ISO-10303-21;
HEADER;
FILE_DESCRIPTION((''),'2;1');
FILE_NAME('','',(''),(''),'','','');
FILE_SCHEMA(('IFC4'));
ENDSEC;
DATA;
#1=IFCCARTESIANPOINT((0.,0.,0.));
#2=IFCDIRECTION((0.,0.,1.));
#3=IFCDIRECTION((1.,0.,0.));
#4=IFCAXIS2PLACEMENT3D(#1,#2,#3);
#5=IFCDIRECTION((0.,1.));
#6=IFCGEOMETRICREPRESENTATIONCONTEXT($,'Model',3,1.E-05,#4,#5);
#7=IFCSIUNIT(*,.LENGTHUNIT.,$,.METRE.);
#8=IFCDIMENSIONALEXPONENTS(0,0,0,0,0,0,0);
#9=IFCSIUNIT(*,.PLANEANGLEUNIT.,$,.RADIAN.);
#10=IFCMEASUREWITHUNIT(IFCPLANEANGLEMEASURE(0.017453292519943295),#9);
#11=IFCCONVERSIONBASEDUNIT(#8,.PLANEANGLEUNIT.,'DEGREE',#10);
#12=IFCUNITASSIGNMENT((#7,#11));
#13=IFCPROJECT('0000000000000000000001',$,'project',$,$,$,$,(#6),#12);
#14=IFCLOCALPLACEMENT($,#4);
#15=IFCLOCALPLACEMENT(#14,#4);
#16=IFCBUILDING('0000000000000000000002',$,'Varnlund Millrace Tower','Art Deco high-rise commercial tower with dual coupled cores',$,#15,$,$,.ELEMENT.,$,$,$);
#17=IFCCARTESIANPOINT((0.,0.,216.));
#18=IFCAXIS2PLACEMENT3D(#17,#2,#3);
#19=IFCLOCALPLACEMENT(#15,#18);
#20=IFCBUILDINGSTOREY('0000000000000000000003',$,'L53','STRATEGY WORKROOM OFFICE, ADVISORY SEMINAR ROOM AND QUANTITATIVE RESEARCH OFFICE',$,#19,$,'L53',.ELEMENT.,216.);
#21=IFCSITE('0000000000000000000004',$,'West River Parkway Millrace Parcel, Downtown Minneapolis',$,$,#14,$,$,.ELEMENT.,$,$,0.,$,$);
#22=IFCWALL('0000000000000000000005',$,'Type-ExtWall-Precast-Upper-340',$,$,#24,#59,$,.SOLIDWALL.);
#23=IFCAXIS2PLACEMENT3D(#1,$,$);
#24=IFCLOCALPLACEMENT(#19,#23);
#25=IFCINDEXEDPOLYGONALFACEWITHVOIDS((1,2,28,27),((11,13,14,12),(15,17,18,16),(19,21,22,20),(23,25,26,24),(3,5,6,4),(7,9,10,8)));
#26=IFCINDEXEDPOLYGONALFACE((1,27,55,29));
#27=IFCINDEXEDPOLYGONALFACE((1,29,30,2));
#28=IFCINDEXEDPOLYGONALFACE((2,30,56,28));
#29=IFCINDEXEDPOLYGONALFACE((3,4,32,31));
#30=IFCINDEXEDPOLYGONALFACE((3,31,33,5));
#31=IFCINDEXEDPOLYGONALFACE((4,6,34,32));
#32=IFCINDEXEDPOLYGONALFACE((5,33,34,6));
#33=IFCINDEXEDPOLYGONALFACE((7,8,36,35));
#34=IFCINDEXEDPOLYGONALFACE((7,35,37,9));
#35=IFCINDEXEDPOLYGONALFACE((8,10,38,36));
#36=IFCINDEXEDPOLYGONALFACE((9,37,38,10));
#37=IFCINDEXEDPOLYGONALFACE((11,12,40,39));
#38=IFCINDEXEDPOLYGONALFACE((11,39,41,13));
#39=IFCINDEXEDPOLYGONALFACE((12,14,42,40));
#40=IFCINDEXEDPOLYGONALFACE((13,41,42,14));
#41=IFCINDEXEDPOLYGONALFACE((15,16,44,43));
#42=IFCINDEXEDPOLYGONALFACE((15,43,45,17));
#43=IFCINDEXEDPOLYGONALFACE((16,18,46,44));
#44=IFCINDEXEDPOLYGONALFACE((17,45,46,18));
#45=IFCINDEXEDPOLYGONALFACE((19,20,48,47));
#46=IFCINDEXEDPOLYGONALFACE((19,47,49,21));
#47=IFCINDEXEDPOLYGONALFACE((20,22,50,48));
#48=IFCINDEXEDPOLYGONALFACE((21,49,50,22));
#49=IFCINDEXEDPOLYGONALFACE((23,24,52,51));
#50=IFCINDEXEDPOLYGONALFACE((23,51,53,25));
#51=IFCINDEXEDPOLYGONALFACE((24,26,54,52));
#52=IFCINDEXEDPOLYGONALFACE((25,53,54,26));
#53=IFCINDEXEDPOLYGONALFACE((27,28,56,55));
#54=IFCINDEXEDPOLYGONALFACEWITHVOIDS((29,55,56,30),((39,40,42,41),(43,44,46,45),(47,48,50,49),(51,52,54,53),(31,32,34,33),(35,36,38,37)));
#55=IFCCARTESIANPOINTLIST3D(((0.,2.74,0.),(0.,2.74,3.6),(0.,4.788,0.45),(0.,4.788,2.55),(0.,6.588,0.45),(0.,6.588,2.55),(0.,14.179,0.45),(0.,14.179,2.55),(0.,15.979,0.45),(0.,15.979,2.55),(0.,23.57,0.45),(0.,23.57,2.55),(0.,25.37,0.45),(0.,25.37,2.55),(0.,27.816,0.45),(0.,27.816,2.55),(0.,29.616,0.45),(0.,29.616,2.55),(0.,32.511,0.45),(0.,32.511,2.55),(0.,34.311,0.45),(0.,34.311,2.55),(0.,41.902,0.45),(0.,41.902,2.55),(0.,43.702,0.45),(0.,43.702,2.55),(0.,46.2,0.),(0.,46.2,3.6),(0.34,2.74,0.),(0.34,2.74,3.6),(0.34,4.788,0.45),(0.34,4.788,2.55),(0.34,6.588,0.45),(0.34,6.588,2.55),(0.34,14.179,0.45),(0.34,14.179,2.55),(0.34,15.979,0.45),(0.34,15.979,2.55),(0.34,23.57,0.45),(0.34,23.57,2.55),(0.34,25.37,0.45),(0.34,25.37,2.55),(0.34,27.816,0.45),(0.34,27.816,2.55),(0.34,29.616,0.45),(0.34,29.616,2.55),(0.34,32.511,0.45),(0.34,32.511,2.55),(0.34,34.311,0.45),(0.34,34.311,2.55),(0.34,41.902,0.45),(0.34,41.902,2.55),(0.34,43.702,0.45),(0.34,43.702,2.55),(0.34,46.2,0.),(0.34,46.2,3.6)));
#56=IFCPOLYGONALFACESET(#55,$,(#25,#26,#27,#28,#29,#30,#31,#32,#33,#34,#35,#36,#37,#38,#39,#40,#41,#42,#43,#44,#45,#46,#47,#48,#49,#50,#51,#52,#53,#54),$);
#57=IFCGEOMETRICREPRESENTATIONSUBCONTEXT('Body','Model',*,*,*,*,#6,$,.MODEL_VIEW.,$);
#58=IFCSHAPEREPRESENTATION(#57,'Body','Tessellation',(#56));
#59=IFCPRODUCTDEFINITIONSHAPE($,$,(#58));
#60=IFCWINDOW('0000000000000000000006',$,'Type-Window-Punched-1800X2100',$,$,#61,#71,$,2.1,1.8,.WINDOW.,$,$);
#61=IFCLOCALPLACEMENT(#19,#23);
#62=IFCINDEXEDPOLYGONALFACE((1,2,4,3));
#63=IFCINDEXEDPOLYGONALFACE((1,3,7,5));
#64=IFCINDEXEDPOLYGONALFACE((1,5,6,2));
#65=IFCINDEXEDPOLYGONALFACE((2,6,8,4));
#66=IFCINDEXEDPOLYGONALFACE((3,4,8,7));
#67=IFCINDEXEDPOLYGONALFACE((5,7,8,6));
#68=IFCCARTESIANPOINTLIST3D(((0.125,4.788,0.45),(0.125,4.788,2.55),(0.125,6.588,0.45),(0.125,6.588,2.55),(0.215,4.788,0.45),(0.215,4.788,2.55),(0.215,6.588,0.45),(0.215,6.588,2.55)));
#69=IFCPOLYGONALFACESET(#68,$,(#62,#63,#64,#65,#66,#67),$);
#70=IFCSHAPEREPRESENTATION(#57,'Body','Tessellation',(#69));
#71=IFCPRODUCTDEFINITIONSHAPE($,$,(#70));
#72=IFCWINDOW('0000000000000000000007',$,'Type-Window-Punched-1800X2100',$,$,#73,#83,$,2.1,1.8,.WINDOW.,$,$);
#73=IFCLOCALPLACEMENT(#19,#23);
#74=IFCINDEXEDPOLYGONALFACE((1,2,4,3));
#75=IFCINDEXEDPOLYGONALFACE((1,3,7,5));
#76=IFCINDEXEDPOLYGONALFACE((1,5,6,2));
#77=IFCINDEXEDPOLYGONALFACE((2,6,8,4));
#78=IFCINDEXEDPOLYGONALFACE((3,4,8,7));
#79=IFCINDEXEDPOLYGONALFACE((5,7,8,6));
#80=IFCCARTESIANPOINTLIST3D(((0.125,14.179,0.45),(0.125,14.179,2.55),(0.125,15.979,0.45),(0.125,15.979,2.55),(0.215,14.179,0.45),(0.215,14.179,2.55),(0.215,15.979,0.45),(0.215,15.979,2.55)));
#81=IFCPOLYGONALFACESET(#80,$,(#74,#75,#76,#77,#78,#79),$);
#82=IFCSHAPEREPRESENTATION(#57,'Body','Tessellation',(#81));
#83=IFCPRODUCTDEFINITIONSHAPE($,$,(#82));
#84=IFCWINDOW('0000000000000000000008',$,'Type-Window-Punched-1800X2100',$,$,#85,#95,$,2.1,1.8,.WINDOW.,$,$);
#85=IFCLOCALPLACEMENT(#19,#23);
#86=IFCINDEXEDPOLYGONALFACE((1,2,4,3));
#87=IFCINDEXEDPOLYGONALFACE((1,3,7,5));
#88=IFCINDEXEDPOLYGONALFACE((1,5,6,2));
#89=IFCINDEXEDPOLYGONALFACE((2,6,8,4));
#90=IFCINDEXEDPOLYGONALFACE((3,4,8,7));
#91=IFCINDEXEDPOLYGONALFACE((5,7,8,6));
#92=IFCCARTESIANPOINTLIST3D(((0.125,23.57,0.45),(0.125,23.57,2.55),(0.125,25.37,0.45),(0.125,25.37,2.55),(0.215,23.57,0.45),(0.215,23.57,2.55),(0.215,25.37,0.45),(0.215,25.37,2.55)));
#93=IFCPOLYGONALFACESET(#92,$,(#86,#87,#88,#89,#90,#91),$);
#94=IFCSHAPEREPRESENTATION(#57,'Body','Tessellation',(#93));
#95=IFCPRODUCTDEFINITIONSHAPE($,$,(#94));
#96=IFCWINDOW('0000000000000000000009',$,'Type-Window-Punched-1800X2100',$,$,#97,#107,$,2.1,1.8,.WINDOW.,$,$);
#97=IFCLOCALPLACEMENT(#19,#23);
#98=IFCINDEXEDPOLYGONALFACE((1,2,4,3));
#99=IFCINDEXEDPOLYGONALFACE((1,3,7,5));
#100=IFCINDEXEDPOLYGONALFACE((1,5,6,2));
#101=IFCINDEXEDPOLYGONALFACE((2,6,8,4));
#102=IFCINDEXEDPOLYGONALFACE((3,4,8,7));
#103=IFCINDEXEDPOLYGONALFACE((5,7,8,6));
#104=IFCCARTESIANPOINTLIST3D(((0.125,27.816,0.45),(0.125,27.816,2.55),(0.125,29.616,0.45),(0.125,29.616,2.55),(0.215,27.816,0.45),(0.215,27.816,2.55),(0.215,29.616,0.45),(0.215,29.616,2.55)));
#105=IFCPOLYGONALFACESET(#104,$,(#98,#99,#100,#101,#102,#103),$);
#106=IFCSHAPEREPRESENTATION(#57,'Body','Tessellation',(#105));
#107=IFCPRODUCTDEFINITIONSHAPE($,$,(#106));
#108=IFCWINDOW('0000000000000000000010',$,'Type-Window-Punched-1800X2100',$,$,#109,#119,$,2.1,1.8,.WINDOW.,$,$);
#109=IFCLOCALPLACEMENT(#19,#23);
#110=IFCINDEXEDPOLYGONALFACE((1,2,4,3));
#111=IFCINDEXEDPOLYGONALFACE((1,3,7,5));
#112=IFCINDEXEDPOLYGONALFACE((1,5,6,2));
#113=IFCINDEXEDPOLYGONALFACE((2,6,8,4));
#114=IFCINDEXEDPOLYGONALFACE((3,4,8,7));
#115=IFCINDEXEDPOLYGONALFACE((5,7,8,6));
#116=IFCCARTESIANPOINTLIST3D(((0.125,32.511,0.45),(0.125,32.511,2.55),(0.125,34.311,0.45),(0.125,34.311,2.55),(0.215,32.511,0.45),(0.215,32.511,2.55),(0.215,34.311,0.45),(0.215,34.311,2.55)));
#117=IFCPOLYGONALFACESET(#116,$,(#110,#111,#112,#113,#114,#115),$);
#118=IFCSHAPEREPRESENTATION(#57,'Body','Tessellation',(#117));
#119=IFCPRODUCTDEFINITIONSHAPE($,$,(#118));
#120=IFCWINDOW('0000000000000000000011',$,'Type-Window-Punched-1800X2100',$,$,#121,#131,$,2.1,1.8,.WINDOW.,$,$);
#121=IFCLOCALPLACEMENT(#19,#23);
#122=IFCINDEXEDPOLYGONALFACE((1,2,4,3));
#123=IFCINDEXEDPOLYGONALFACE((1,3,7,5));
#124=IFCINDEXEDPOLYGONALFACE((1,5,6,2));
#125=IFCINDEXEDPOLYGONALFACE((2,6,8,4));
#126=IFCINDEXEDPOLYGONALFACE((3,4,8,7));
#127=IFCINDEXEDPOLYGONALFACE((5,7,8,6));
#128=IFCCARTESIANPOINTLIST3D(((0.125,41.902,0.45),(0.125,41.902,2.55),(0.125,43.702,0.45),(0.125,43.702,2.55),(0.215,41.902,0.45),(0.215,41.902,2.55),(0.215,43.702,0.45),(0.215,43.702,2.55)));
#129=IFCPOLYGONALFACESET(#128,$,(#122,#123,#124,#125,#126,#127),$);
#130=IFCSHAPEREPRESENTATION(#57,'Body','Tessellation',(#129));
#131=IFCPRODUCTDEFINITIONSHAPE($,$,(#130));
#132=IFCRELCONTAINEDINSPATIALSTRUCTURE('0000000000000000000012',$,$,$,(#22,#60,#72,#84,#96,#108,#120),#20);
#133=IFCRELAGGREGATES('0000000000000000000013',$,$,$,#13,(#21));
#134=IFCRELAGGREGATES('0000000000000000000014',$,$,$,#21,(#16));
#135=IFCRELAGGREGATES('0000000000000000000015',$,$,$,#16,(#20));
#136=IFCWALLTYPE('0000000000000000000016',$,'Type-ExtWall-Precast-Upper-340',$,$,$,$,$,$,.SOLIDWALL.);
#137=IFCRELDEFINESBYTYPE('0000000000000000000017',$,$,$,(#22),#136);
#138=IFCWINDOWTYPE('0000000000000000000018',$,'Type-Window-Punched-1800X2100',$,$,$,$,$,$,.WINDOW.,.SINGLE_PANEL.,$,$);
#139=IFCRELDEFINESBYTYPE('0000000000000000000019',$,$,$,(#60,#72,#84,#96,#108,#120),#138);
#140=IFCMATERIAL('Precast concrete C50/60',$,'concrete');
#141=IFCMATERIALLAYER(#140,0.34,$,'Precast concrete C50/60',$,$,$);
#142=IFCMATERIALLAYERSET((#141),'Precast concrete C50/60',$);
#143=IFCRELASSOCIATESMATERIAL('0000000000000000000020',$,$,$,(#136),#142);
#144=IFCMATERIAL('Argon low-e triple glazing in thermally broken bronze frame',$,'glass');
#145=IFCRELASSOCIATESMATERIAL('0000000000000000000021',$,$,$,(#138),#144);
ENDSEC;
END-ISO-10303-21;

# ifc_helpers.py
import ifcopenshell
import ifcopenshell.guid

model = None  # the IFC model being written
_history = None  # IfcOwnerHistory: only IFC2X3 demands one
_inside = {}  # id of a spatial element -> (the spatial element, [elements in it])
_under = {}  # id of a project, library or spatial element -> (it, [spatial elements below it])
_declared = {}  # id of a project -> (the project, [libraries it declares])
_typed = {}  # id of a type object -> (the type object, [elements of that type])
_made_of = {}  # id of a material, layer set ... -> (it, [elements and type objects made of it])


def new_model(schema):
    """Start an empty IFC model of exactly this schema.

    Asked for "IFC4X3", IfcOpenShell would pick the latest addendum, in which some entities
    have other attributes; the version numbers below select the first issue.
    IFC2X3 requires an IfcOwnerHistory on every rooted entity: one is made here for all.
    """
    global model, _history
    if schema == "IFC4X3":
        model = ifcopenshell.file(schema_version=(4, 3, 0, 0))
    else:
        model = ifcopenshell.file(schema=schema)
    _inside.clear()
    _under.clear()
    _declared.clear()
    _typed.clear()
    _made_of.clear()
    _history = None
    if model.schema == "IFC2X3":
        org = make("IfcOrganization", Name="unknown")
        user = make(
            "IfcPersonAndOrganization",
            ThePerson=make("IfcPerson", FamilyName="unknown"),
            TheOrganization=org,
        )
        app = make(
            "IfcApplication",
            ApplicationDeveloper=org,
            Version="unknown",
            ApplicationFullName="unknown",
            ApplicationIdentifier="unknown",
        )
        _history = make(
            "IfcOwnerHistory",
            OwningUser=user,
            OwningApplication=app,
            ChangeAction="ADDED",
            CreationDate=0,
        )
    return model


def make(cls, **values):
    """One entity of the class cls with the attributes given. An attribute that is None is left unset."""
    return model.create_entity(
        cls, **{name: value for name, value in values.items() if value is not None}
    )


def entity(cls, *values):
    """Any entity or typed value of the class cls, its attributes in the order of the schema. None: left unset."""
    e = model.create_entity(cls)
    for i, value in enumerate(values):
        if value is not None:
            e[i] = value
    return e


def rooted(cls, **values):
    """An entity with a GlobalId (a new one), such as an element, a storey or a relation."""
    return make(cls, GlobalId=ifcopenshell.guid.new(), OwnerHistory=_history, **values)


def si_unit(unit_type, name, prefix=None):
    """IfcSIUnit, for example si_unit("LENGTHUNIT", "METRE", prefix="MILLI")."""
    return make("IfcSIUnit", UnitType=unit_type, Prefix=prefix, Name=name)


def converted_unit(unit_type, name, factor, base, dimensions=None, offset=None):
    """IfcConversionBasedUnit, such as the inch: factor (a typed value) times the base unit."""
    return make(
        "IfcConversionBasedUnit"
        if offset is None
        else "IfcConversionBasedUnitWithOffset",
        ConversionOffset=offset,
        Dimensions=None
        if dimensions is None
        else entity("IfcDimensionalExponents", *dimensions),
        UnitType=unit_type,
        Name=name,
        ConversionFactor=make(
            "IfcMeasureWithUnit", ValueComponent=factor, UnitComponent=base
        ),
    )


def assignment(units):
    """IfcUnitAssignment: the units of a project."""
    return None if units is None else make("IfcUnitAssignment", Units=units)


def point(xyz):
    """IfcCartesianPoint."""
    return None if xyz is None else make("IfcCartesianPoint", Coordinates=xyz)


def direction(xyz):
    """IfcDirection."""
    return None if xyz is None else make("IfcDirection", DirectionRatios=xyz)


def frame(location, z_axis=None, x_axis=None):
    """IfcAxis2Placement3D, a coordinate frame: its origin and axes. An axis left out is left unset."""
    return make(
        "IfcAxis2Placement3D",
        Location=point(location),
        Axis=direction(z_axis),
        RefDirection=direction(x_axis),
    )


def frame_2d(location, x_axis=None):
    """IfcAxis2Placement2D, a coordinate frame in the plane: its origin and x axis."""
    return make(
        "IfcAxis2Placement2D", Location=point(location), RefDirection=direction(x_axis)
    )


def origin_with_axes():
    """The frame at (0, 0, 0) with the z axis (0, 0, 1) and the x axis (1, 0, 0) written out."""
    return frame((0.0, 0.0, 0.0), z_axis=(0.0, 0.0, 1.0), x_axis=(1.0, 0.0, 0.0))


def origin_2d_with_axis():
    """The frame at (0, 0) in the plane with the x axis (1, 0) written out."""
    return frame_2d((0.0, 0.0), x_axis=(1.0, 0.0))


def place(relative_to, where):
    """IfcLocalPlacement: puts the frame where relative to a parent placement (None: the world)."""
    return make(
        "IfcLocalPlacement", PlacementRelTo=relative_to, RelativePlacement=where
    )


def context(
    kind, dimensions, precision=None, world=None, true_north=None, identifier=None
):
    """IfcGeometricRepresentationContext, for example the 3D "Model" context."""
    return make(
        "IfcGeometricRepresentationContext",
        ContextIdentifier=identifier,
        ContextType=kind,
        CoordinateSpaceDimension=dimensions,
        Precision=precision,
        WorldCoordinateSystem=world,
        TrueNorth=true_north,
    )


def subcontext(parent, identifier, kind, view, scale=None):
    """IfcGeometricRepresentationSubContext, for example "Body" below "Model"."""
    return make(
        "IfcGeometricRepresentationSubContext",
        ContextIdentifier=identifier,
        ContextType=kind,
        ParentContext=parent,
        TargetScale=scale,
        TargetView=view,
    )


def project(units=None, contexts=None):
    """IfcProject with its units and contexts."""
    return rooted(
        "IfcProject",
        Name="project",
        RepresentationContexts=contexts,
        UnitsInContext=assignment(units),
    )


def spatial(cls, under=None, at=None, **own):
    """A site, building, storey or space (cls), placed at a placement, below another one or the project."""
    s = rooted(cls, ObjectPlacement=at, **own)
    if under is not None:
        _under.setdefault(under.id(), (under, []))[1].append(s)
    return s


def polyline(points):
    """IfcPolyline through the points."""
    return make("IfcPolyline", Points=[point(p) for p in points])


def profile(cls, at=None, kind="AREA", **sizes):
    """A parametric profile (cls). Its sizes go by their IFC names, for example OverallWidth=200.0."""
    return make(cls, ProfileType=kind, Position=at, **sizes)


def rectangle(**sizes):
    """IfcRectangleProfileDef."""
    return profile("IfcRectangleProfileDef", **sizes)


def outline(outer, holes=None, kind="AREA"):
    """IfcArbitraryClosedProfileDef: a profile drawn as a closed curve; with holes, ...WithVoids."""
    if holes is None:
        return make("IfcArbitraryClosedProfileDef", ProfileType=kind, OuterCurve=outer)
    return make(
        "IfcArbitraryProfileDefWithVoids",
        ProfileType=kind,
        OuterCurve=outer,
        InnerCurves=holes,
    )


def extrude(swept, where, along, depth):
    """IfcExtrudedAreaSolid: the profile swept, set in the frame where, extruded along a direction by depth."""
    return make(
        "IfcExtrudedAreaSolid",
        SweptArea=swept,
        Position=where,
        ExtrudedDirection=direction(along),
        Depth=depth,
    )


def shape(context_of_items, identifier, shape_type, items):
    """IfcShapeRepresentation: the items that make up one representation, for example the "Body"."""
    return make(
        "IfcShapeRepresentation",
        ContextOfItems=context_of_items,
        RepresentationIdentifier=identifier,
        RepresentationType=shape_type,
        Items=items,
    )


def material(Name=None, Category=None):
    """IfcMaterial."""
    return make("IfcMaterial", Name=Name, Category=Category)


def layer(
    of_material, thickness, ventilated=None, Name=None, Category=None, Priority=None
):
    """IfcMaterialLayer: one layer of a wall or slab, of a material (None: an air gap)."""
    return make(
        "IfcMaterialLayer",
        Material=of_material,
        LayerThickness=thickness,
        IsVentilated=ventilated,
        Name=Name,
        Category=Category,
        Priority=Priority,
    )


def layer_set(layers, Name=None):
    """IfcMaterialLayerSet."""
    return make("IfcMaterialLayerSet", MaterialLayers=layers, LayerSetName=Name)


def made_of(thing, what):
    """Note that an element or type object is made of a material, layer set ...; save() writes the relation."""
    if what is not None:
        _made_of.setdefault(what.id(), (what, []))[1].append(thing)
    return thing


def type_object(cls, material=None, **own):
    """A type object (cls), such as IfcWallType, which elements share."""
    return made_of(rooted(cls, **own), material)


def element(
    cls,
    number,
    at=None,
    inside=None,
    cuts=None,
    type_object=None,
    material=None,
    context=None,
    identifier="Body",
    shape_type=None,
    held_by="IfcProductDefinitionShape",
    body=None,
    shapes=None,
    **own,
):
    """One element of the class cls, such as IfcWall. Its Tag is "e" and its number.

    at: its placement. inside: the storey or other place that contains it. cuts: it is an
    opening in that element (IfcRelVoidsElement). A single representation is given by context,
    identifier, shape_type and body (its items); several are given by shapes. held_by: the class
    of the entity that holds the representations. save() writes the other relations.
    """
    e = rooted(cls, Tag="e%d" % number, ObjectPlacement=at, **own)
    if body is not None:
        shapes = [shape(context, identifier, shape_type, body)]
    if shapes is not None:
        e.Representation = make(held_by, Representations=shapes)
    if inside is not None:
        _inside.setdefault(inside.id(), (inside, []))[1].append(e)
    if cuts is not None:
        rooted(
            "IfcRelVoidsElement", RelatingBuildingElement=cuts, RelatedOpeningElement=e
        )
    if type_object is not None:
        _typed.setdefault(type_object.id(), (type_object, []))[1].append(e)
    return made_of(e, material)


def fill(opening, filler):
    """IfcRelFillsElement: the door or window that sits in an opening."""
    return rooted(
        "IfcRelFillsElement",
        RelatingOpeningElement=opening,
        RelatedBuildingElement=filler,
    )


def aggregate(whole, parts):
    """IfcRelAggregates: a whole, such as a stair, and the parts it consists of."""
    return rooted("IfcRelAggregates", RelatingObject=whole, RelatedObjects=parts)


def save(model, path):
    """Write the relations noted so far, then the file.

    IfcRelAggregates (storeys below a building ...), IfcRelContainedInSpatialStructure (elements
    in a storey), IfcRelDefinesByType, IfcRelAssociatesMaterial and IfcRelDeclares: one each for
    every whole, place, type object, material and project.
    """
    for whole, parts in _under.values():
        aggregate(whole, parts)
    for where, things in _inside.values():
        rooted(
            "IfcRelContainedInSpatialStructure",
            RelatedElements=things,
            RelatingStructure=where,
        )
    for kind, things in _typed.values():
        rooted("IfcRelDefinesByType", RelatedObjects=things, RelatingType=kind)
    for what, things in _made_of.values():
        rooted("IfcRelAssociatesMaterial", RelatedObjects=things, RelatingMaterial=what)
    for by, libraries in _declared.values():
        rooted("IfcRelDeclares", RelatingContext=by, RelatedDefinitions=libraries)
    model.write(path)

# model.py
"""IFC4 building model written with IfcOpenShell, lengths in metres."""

from ifc_helpers import new_model, entity, si_unit, converted_unit, direction, frame, origin_with_axes, origin_2d_with_axis, place, context, subcontext, project, spatial, polyline, rectangle, outline, extrude, material, layer, layer_set, type_object, element, fill, save


model = new_model("IFC4")

# Units and contexts
model_context = context("Model", 3, precision=1e-05, world=origin_with_axes(), true_north=direction((0.0, 1.0)))
body_context = subcontext(model_context, "Body", "Model", "MODEL_VIEW")
ifc_project = project(units=[si_unit("LENGTHUNIT", "METRE"), converted_unit("PLANEANGLEUNIT", "DEGREE", entity("IfcPlaneAngleMeasure", 0.017453292519943295), si_unit("PLANEANGLEUNIT", "RADIAN"), dimensions=[0, 0, 0, 0, 0, 0, 0])], contexts=[model_context])

# Site, building, storey
site_placement = place(None, origin_with_axes())
site = spatial("IfcSite", under=ifc_project, at=site_placement, Name="West River Parkway Millrace Parcel, Downtown Minneapolis", CompositionType="ELEMENT", RefElevation=0.0)
building_placement = place(site_placement, origin_with_axes())
building = spatial("IfcBuilding", under=site, at=building_placement, Name="Varnlund Millrace Tower", Description="Art Deco high-rise commercial tower with dual coupled cores", CompositionType="ELEMENT")
storey_placement = place(building_placement, frame((0.0, 0.0, 216.0), z_axis=(0.0, 0.0, 1.0), x_axis=(1.0, 0.0, 0.0)))
storey = spatial("IfcBuildingStorey", under=building, at=storey_placement, Name="L53", Description="STRATEGY WORKROOM OFFICE, ADVISORY SEMINAR ROOM AND QUANTITATIVE RESEARCH OFFICE", LongName="L53", CompositionType="ELEMENT", Elevation=216.0)

# Shared definitions
ifc_material_1 = material(Name="Precast concrete C50/60", Category="concrete")
ifc_layer_1 = layer(ifc_material_1, 0.34, Name="Precast concrete C50/60")
ifc_layer_set_1 = layer_set([ifc_layer_1], Name="Precast concrete C50/60")
wall_type = type_object("IfcWallType", Name="Type-ExtWall-Precast-Upper-340", PredefinedType="SOLIDWALL", material=ifc_layer_set_1)

# Wall, openings, windows
wall_1_placement = place(storey_placement, frame((0.17, 2.74, 0.0), z_axis=(0.0, 0.0, 1.0), x_axis=(0.0, 1.0, 0.0)))
wall_1 = element("IfcWall", 1, at=wall_1_placement, inside=storey, type_object=wall_type, Name="Type-ExtWall-Precast-Upper-340", PredefinedType="SOLIDWALL", context=body_context, shape_type="SweptSolid", body=[
    extrude(outline(polyline([(0.0, -0.17), (43.46, -0.17), (43.46, 0.17), (0.0, 0.17), (0.0, -0.17)])), origin_with_axes(), (0.0, 0.0, 1.0), 3.6),
])
opening_1_placement = place(wall_1_placement, frame((2.948, 0.0, 0.45), z_axis=(0.0, 0.0, 1.0), x_axis=(1.0, 0.0, 0.0)))
opening_1 = element("IfcOpeningElement", 2, at=opening_1_placement, cuts=wall_1, PredefinedType="OPENING", context=body_context, shape_type="SweptSolid", body=[
    extrude(rectangle(XDim=1.8, YDim=0.36, at=origin_2d_with_axis()), origin_with_axes(), (0.0, 0.0, 1.0), 2.1),
])
opening_2_placement = place(wall_1_placement, frame((12.339, 0.0, 0.45), z_axis=(0.0, 0.0, 1.0), x_axis=(1.0, 0.0, 0.0)))
opening_2 = element("IfcOpeningElement", 3, at=opening_2_placement, cuts=wall_1, PredefinedType="OPENING", context=body_context, shape_type="SweptSolid", body=[
    extrude(rectangle(XDim=1.8, YDim=0.36, at=origin_2d_with_axis()), origin_with_axes(), (0.0, 0.0, 1.0), 2.1),
])
opening_3_placement = place(wall_1_placement, frame((21.73, 0.0, 0.45), z_axis=(0.0, 0.0, 1.0), x_axis=(1.0, 0.0, 0.0)))
opening_3 = element("IfcOpeningElement", 4, at=opening_3_placement, cuts=wall_1, PredefinedType="OPENING", context=body_context, shape_type="SweptSolid", body=[
    extrude(rectangle(XDim=1.8, YDim=0.36, at=origin_2d_with_axis()), origin_with_axes(), (0.0, 0.0, 1.0), 2.1),
])
opening_4_placement = place(wall_1_placement, frame((25.976, 0.0, 0.45), z_axis=(0.0, 0.0, 1.0), x_axis=(1.0, 0.0, 0.0)))
opening_4 = element("IfcOpeningElement", 5, at=opening_4_placement, cuts=wall_1, PredefinedType="OPENING", context=body_context, shape_type="SweptSolid", body=[
    extrude(rectangle(XDim=1.8, YDim=0.36, at=origin_2d_with_axis()), origin_with_axes(), (0.0, 0.0, 1.0), 2.1),
])
opening_5_placement = place(wall_1_placement, frame((30.671, 0.0, 0.45), z_axis=(0.0, 0.0, 1.0), x_axis=(1.0, 0.0, 0.0)))
opening_5 = element("IfcOpeningElement", 6, at=opening_5_placement, cuts=wall_1, PredefinedType="OPENING", context=body_context, shape_type="SweptSolid", body=[
    extrude(rectangle(XDim=1.8, YDim=0.36, at=origin_2d_with_axis()), origin_with_axes(), (0.0, 0.0, 1.0), 2.1),
])
opening_6_placement = place(wall_1_placement, frame((40.062, 0.0, 0.45), z_axis=(0.0, 0.0, 1.0), x_axis=(1.0, 0.0, 0.0)))
opening_6 = element("IfcOpeningElement", 7, at=opening_6_placement, cuts=wall_1, PredefinedType="OPENING", context=body_context, shape_type="SweptSolid", body=[
    extrude(rectangle(XDim=1.8, YDim=0.36, at=origin_2d_with_axis()), origin_with_axes(), (0.0, 0.0, 1.0), 2.1),
])
ifc_material_2 = material(Name="Argon low-e triple glazing in thermally broken bronze frame", Category="glass")
window_type = type_object("IfcWindowType", Name="Type-Window-Punched-1800X2100", PartitioningType="SINGLE_PANEL", PredefinedType="WINDOW", material=ifc_material_2)
window_1_placement = place(wall_1_placement, frame((2.948, 0.0, 0.45), z_axis=(0.0, 0.0, 1.0), x_axis=(1.0, 0.0, 0.0)))
window_1 = element("IfcWindow", 8, at=window_1_placement, inside=storey, type_object=window_type, Name="Type-Window-Punched-1800X2100", OverallHeight=2.1, OverallWidth=1.8, PredefinedType="WINDOW", context=body_context, shape_type="SweptSolid", body=[
    extrude(rectangle(XDim=1.8, YDim=0.09, at=origin_2d_with_axis()), origin_with_axes(), (0.0, 0.0, 1.0), 2.1),
])
fill(opening_1, window_1)
window_2_placement = place(wall_1_placement, frame((12.339, 0.0, 0.45), z_axis=(0.0, 0.0, 1.0), x_axis=(1.0, 0.0, 0.0)))
window_2 = element("IfcWindow", 9, at=window_2_placement, inside=storey, type_object=window_type, Name="Type-Window-Punched-1800X2100", OverallHeight=2.1, OverallWidth=1.8, PredefinedType="WINDOW", context=body_context, shape_type="SweptSolid", body=[
    extrude(rectangle(XDim=1.8, YDim=0.09, at=origin_2d_with_axis()), origin_with_axes(), (0.0, 0.0, 1.0), 2.1),
])
fill(opening_2, window_2)
window_3_placement = place(wall_1_placement, frame((21.73, 0.0, 0.45), z_axis=(0.0, 0.0, 1.0), x_axis=(1.0, 0.0, 0.0)))
window_3 = element("IfcWindow", 10, at=window_3_placement, inside=storey, type_object=window_type, Name="Type-Window-Punched-1800X2100", OverallHeight=2.1, OverallWidth=1.8, PredefinedType="WINDOW", context=body_context, shape_type="SweptSolid", body=[
    extrude(rectangle(XDim=1.8, YDim=0.09, at=origin_2d_with_axis()), origin_with_axes(), (0.0, 0.0, 1.0), 2.1),
])
fill(opening_3, window_3)
window_4_placement = place(wall_1_placement, frame((25.976, 0.0, 0.45), z_axis=(0.0, 0.0, 1.0), x_axis=(1.0, 0.0, 0.0)))
window_4 = element("IfcWindow", 11, at=window_4_placement, inside=storey, type_object=window_type, Name="Type-Window-Punched-1800X2100", OverallHeight=2.1, OverallWidth=1.8, PredefinedType="WINDOW", context=body_context, shape_type="SweptSolid", body=[
    extrude(rectangle(XDim=1.8, YDim=0.09, at=origin_2d_with_axis()), origin_with_axes(), (0.0, 0.0, 1.0), 2.1),
])
fill(opening_4, window_4)
window_5_placement = place(wall_1_placement, frame((30.671, 0.0, 0.45), z_axis=(0.0, 0.0, 1.0), x_axis=(1.0, 0.0, 0.0)))
window_5 = element("IfcWindow", 12, at=window_5_placement, inside=storey, type_object=window_type, Name="Type-Window-Punched-1800X2100", OverallHeight=2.1, OverallWidth=1.8, PredefinedType="WINDOW", context=body_context, shape_type="SweptSolid", body=[
    extrude(rectangle(XDim=1.8, YDim=0.09, at=origin_2d_with_axis()), origin_with_axes(), (0.0, 0.0, 1.0), 2.1),
])
fill(opening_5, window_5)
window_6_placement = place(wall_1_placement, frame((40.062, 0.0, 0.45), z_axis=(0.0, 0.0, 1.0), x_axis=(1.0, 0.0, 0.0)))
window_6 = element("IfcWindow", 13, at=window_6_placement, inside=storey, type_object=window_type, Name="Type-Window-Punched-1800X2100", OverallHeight=2.1, OverallWidth=1.8, PredefinedType="WINDOW", context=body_context, shape_type="SweptSolid", body=[
    extrude(rectangle(XDim=1.8, YDim=0.09, at=origin_2d_with_axis()), origin_with_axes(), (0.0, 0.0, 1.0), 2.1),
])
fill(opening_6, window_6)

save(model, "model.ifc")
